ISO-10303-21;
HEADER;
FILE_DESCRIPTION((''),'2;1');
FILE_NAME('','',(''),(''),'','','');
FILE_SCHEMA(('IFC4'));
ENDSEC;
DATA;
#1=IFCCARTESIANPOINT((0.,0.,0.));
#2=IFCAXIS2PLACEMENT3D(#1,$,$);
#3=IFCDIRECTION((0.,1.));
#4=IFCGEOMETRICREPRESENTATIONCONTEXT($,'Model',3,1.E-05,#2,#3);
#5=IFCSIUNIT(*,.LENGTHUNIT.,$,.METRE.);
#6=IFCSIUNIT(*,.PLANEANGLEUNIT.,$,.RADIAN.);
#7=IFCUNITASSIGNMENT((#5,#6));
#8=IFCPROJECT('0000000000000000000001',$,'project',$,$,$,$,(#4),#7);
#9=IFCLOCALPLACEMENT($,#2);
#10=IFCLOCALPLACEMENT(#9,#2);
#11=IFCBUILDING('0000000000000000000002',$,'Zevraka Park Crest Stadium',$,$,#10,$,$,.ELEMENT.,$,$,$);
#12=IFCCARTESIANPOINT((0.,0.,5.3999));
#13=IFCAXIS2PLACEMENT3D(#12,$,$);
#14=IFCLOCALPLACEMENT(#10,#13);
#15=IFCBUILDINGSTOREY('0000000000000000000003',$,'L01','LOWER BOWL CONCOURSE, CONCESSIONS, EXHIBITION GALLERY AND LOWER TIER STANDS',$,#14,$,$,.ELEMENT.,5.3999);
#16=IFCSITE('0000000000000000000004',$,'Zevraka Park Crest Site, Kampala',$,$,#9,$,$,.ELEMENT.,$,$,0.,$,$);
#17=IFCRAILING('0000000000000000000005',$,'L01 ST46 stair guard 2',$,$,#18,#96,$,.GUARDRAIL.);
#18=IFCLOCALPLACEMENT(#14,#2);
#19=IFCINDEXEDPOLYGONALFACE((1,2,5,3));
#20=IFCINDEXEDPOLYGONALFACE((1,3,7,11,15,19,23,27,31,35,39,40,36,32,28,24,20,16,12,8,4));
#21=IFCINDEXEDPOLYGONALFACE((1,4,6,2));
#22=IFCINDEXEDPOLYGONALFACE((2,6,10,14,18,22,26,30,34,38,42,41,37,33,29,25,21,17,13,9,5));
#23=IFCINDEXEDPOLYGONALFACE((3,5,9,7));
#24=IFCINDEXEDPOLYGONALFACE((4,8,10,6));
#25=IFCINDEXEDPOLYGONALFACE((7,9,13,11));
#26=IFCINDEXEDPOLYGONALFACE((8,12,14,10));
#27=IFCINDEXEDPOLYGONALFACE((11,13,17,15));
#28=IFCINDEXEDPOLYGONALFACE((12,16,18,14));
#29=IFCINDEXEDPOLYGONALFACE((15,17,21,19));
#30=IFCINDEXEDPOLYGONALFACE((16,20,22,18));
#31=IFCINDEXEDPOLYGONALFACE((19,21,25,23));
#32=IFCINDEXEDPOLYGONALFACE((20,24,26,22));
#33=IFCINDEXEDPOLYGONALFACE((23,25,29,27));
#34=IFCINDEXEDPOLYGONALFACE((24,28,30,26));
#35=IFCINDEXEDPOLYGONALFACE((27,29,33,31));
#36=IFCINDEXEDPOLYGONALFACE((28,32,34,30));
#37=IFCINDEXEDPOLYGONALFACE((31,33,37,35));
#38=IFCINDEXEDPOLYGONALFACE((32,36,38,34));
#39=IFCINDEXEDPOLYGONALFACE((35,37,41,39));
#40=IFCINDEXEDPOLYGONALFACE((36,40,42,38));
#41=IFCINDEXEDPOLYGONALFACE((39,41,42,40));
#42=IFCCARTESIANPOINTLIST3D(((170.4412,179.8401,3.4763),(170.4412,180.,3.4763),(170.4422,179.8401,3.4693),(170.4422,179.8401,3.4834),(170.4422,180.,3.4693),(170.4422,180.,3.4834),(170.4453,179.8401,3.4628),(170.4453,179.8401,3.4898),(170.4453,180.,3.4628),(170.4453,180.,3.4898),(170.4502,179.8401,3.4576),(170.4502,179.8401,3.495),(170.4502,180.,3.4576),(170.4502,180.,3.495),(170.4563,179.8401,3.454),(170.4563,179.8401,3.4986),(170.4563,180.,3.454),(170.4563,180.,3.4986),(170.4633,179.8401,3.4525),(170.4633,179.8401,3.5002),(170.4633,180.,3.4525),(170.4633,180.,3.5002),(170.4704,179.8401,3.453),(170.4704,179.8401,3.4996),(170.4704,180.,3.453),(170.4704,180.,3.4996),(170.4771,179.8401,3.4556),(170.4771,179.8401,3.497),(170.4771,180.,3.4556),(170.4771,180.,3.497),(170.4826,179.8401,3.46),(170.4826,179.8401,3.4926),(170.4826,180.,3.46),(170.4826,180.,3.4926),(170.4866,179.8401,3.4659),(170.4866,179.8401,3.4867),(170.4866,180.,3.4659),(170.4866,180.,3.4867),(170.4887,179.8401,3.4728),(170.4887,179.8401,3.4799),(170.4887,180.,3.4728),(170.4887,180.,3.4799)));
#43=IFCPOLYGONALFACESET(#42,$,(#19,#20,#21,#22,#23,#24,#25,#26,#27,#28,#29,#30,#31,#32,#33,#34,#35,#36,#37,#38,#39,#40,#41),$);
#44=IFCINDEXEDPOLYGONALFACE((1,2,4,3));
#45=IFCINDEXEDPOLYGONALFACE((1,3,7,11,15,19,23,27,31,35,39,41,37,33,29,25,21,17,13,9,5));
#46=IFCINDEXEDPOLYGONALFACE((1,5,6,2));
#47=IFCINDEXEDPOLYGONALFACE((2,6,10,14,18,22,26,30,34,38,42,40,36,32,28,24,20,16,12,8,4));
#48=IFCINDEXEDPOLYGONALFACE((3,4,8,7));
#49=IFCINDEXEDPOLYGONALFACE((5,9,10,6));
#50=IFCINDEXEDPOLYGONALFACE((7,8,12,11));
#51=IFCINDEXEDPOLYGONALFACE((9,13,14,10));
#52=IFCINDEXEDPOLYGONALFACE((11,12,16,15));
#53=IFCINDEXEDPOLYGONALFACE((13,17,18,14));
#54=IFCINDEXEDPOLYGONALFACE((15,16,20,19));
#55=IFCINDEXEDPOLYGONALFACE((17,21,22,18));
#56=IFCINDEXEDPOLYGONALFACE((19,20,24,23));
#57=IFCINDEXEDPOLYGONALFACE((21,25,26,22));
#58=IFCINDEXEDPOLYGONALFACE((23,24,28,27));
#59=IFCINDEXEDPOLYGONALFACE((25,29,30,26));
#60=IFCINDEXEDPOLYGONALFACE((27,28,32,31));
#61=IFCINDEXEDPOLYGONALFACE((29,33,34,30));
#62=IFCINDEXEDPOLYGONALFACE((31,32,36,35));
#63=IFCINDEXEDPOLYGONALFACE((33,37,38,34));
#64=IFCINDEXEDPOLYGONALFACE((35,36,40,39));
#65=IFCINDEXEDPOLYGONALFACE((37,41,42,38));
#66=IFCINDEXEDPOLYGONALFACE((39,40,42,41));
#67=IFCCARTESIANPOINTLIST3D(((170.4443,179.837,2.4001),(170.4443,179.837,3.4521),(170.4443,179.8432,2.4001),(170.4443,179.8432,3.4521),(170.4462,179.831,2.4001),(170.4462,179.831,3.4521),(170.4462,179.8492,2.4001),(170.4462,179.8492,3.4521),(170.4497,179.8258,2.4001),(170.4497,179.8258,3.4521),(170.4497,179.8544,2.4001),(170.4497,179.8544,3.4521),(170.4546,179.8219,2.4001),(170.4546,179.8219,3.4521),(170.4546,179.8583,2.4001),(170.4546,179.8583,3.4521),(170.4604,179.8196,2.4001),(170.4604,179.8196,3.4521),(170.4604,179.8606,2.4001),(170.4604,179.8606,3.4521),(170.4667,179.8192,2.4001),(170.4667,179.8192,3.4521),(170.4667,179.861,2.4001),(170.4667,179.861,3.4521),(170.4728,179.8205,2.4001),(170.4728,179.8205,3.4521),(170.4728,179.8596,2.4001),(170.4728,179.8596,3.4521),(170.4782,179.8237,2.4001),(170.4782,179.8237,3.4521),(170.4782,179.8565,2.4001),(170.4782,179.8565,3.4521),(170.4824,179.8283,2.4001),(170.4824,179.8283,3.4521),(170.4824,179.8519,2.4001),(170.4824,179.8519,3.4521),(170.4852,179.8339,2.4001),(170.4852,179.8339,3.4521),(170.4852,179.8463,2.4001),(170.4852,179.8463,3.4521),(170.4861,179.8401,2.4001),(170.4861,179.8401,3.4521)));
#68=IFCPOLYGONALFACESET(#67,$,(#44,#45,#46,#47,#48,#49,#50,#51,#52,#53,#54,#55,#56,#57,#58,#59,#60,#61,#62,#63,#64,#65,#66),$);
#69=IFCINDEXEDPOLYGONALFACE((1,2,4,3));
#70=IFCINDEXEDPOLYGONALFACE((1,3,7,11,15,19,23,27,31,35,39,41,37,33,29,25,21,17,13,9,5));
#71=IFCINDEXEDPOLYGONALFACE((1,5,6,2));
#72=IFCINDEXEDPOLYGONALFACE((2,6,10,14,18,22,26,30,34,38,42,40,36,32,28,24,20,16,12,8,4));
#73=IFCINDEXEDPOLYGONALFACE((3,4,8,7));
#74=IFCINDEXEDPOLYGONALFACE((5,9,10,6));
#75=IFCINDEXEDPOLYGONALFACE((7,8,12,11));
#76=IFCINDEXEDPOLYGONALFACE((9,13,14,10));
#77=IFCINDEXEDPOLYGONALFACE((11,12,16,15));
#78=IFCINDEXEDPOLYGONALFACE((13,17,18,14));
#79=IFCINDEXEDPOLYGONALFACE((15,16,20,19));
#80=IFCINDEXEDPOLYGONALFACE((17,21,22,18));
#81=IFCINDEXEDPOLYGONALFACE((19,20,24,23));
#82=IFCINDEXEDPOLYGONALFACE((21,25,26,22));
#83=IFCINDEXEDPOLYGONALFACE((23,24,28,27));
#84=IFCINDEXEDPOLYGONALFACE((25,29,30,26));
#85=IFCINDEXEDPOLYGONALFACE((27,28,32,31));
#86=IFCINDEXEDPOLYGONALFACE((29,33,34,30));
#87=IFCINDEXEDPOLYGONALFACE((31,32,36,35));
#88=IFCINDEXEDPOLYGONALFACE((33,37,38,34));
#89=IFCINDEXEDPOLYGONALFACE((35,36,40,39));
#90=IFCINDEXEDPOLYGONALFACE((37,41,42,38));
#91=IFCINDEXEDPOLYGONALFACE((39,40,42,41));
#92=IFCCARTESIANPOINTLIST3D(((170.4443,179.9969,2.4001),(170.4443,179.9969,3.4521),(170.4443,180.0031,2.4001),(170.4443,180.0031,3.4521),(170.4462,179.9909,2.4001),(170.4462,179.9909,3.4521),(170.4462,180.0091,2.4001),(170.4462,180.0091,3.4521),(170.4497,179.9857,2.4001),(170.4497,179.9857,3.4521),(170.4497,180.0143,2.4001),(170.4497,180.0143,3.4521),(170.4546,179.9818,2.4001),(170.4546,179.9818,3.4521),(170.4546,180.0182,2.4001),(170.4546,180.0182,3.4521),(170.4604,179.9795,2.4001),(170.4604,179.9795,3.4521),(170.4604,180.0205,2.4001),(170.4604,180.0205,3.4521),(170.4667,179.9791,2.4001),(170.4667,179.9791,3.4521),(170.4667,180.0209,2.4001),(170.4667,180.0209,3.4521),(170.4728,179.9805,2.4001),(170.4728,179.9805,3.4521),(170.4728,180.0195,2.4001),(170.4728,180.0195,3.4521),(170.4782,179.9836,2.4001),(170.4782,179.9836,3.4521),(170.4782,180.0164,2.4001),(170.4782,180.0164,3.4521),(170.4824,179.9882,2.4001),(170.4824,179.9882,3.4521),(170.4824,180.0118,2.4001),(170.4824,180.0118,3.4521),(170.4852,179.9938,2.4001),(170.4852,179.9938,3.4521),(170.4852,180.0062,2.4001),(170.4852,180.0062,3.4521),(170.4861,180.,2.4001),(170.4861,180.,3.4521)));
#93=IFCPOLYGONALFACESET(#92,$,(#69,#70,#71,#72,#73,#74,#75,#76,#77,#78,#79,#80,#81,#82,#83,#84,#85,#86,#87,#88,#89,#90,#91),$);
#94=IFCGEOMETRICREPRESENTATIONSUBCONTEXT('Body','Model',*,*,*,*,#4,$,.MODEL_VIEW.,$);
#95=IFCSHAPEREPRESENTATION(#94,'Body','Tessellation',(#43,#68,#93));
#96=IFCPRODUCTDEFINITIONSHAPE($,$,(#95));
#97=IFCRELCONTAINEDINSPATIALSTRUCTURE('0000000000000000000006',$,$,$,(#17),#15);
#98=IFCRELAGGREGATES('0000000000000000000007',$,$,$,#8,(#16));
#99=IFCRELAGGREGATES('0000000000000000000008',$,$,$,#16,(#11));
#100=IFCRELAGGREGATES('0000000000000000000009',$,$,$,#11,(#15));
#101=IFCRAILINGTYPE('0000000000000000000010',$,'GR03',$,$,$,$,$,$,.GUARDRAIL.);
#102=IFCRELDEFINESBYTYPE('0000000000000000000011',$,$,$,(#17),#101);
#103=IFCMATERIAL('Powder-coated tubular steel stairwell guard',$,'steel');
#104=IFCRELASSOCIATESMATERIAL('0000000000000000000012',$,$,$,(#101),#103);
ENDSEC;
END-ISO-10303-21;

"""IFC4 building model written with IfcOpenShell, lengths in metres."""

from ifc_helpers import new_model, si_unit, direction, frame, origin, origin_2d, place, context, subcontext, project, spatial, circle, extrude, material, type_object, element, save


model = new_model("IFC4")

# Units and contexts
model_context = context("Model", 3, precision=1e-05, world=origin(), true_north=direction((0.0, 1.0)))
body_context = subcontext(model_context, "Body", "Model", "MODEL_VIEW")
ifc_project = project(units=[si_unit("LENGTHUNIT", "METRE"), si_unit("PLANEANGLEUNIT", "RADIAN")], contexts=[model_context])

# Site, building, storey
site_placement = place(None, origin())
site = spatial("IfcSite", under=ifc_project, at=site_placement, Name="Zevraka Park Crest Site, Kampala", CompositionType="ELEMENT", RefElevation=0.0)
building_placement = place(site_placement, origin())
building = spatial("IfcBuilding", under=site, at=building_placement, Name="Zevraka Park Crest Stadium", CompositionType="ELEMENT")
storey_placement = place(building_placement, frame((0.0, 0.0, 5.3999)))
storey = spatial("IfcBuildingStorey", under=building, at=storey_placement, Name="L01", Description="LOWER BOWL CONCOURSE, CONCESSIONS, EXHIBITION GALLERY AND LOWER TIER STANDS", CompositionType="ELEMENT", Elevation=5.3999)

# Railing
ifc_material_1 = material(Name="Powder-coated tubular steel stairwell guard", Category="steel")
railing_type_1 = type_object("IfcRailingType", Name="GR03", PredefinedType="GUARDRAIL", material=ifc_material_1)
railing_1_placement = place(storey_placement, frame((170.4651, 179.8401, 2.4001)))
element("IfcRailing", 1, at=railing_1_placement, inside=storey, type_object=railing_type_1, Name="L01 ST46 stair guard 2", PredefinedType="GUARDRAIL", context=body_context, shape_type="SweptSolid", body=[
    extrude(circle(Radius=0.0239, at=origin_2d()), frame((0.0, 0.0, 1.0762), z_axis=(0.0, 1.0, 0.0), x_axis=(-1.0, 0.0, 0.0)), (0.0, 0.0, 1.0), 0.1599),
    extrude(circle(Radius=0.021, at=origin_2d()), origin(), (0.0, 0.0, 1.0), 1.052),
    extrude(circle(Radius=0.021, at=origin_2d()), frame((0.0, 0.1599, 0.0)), (0.0, 0.0, 1.0), 1.052),
])

save(model, "model.ifc")
